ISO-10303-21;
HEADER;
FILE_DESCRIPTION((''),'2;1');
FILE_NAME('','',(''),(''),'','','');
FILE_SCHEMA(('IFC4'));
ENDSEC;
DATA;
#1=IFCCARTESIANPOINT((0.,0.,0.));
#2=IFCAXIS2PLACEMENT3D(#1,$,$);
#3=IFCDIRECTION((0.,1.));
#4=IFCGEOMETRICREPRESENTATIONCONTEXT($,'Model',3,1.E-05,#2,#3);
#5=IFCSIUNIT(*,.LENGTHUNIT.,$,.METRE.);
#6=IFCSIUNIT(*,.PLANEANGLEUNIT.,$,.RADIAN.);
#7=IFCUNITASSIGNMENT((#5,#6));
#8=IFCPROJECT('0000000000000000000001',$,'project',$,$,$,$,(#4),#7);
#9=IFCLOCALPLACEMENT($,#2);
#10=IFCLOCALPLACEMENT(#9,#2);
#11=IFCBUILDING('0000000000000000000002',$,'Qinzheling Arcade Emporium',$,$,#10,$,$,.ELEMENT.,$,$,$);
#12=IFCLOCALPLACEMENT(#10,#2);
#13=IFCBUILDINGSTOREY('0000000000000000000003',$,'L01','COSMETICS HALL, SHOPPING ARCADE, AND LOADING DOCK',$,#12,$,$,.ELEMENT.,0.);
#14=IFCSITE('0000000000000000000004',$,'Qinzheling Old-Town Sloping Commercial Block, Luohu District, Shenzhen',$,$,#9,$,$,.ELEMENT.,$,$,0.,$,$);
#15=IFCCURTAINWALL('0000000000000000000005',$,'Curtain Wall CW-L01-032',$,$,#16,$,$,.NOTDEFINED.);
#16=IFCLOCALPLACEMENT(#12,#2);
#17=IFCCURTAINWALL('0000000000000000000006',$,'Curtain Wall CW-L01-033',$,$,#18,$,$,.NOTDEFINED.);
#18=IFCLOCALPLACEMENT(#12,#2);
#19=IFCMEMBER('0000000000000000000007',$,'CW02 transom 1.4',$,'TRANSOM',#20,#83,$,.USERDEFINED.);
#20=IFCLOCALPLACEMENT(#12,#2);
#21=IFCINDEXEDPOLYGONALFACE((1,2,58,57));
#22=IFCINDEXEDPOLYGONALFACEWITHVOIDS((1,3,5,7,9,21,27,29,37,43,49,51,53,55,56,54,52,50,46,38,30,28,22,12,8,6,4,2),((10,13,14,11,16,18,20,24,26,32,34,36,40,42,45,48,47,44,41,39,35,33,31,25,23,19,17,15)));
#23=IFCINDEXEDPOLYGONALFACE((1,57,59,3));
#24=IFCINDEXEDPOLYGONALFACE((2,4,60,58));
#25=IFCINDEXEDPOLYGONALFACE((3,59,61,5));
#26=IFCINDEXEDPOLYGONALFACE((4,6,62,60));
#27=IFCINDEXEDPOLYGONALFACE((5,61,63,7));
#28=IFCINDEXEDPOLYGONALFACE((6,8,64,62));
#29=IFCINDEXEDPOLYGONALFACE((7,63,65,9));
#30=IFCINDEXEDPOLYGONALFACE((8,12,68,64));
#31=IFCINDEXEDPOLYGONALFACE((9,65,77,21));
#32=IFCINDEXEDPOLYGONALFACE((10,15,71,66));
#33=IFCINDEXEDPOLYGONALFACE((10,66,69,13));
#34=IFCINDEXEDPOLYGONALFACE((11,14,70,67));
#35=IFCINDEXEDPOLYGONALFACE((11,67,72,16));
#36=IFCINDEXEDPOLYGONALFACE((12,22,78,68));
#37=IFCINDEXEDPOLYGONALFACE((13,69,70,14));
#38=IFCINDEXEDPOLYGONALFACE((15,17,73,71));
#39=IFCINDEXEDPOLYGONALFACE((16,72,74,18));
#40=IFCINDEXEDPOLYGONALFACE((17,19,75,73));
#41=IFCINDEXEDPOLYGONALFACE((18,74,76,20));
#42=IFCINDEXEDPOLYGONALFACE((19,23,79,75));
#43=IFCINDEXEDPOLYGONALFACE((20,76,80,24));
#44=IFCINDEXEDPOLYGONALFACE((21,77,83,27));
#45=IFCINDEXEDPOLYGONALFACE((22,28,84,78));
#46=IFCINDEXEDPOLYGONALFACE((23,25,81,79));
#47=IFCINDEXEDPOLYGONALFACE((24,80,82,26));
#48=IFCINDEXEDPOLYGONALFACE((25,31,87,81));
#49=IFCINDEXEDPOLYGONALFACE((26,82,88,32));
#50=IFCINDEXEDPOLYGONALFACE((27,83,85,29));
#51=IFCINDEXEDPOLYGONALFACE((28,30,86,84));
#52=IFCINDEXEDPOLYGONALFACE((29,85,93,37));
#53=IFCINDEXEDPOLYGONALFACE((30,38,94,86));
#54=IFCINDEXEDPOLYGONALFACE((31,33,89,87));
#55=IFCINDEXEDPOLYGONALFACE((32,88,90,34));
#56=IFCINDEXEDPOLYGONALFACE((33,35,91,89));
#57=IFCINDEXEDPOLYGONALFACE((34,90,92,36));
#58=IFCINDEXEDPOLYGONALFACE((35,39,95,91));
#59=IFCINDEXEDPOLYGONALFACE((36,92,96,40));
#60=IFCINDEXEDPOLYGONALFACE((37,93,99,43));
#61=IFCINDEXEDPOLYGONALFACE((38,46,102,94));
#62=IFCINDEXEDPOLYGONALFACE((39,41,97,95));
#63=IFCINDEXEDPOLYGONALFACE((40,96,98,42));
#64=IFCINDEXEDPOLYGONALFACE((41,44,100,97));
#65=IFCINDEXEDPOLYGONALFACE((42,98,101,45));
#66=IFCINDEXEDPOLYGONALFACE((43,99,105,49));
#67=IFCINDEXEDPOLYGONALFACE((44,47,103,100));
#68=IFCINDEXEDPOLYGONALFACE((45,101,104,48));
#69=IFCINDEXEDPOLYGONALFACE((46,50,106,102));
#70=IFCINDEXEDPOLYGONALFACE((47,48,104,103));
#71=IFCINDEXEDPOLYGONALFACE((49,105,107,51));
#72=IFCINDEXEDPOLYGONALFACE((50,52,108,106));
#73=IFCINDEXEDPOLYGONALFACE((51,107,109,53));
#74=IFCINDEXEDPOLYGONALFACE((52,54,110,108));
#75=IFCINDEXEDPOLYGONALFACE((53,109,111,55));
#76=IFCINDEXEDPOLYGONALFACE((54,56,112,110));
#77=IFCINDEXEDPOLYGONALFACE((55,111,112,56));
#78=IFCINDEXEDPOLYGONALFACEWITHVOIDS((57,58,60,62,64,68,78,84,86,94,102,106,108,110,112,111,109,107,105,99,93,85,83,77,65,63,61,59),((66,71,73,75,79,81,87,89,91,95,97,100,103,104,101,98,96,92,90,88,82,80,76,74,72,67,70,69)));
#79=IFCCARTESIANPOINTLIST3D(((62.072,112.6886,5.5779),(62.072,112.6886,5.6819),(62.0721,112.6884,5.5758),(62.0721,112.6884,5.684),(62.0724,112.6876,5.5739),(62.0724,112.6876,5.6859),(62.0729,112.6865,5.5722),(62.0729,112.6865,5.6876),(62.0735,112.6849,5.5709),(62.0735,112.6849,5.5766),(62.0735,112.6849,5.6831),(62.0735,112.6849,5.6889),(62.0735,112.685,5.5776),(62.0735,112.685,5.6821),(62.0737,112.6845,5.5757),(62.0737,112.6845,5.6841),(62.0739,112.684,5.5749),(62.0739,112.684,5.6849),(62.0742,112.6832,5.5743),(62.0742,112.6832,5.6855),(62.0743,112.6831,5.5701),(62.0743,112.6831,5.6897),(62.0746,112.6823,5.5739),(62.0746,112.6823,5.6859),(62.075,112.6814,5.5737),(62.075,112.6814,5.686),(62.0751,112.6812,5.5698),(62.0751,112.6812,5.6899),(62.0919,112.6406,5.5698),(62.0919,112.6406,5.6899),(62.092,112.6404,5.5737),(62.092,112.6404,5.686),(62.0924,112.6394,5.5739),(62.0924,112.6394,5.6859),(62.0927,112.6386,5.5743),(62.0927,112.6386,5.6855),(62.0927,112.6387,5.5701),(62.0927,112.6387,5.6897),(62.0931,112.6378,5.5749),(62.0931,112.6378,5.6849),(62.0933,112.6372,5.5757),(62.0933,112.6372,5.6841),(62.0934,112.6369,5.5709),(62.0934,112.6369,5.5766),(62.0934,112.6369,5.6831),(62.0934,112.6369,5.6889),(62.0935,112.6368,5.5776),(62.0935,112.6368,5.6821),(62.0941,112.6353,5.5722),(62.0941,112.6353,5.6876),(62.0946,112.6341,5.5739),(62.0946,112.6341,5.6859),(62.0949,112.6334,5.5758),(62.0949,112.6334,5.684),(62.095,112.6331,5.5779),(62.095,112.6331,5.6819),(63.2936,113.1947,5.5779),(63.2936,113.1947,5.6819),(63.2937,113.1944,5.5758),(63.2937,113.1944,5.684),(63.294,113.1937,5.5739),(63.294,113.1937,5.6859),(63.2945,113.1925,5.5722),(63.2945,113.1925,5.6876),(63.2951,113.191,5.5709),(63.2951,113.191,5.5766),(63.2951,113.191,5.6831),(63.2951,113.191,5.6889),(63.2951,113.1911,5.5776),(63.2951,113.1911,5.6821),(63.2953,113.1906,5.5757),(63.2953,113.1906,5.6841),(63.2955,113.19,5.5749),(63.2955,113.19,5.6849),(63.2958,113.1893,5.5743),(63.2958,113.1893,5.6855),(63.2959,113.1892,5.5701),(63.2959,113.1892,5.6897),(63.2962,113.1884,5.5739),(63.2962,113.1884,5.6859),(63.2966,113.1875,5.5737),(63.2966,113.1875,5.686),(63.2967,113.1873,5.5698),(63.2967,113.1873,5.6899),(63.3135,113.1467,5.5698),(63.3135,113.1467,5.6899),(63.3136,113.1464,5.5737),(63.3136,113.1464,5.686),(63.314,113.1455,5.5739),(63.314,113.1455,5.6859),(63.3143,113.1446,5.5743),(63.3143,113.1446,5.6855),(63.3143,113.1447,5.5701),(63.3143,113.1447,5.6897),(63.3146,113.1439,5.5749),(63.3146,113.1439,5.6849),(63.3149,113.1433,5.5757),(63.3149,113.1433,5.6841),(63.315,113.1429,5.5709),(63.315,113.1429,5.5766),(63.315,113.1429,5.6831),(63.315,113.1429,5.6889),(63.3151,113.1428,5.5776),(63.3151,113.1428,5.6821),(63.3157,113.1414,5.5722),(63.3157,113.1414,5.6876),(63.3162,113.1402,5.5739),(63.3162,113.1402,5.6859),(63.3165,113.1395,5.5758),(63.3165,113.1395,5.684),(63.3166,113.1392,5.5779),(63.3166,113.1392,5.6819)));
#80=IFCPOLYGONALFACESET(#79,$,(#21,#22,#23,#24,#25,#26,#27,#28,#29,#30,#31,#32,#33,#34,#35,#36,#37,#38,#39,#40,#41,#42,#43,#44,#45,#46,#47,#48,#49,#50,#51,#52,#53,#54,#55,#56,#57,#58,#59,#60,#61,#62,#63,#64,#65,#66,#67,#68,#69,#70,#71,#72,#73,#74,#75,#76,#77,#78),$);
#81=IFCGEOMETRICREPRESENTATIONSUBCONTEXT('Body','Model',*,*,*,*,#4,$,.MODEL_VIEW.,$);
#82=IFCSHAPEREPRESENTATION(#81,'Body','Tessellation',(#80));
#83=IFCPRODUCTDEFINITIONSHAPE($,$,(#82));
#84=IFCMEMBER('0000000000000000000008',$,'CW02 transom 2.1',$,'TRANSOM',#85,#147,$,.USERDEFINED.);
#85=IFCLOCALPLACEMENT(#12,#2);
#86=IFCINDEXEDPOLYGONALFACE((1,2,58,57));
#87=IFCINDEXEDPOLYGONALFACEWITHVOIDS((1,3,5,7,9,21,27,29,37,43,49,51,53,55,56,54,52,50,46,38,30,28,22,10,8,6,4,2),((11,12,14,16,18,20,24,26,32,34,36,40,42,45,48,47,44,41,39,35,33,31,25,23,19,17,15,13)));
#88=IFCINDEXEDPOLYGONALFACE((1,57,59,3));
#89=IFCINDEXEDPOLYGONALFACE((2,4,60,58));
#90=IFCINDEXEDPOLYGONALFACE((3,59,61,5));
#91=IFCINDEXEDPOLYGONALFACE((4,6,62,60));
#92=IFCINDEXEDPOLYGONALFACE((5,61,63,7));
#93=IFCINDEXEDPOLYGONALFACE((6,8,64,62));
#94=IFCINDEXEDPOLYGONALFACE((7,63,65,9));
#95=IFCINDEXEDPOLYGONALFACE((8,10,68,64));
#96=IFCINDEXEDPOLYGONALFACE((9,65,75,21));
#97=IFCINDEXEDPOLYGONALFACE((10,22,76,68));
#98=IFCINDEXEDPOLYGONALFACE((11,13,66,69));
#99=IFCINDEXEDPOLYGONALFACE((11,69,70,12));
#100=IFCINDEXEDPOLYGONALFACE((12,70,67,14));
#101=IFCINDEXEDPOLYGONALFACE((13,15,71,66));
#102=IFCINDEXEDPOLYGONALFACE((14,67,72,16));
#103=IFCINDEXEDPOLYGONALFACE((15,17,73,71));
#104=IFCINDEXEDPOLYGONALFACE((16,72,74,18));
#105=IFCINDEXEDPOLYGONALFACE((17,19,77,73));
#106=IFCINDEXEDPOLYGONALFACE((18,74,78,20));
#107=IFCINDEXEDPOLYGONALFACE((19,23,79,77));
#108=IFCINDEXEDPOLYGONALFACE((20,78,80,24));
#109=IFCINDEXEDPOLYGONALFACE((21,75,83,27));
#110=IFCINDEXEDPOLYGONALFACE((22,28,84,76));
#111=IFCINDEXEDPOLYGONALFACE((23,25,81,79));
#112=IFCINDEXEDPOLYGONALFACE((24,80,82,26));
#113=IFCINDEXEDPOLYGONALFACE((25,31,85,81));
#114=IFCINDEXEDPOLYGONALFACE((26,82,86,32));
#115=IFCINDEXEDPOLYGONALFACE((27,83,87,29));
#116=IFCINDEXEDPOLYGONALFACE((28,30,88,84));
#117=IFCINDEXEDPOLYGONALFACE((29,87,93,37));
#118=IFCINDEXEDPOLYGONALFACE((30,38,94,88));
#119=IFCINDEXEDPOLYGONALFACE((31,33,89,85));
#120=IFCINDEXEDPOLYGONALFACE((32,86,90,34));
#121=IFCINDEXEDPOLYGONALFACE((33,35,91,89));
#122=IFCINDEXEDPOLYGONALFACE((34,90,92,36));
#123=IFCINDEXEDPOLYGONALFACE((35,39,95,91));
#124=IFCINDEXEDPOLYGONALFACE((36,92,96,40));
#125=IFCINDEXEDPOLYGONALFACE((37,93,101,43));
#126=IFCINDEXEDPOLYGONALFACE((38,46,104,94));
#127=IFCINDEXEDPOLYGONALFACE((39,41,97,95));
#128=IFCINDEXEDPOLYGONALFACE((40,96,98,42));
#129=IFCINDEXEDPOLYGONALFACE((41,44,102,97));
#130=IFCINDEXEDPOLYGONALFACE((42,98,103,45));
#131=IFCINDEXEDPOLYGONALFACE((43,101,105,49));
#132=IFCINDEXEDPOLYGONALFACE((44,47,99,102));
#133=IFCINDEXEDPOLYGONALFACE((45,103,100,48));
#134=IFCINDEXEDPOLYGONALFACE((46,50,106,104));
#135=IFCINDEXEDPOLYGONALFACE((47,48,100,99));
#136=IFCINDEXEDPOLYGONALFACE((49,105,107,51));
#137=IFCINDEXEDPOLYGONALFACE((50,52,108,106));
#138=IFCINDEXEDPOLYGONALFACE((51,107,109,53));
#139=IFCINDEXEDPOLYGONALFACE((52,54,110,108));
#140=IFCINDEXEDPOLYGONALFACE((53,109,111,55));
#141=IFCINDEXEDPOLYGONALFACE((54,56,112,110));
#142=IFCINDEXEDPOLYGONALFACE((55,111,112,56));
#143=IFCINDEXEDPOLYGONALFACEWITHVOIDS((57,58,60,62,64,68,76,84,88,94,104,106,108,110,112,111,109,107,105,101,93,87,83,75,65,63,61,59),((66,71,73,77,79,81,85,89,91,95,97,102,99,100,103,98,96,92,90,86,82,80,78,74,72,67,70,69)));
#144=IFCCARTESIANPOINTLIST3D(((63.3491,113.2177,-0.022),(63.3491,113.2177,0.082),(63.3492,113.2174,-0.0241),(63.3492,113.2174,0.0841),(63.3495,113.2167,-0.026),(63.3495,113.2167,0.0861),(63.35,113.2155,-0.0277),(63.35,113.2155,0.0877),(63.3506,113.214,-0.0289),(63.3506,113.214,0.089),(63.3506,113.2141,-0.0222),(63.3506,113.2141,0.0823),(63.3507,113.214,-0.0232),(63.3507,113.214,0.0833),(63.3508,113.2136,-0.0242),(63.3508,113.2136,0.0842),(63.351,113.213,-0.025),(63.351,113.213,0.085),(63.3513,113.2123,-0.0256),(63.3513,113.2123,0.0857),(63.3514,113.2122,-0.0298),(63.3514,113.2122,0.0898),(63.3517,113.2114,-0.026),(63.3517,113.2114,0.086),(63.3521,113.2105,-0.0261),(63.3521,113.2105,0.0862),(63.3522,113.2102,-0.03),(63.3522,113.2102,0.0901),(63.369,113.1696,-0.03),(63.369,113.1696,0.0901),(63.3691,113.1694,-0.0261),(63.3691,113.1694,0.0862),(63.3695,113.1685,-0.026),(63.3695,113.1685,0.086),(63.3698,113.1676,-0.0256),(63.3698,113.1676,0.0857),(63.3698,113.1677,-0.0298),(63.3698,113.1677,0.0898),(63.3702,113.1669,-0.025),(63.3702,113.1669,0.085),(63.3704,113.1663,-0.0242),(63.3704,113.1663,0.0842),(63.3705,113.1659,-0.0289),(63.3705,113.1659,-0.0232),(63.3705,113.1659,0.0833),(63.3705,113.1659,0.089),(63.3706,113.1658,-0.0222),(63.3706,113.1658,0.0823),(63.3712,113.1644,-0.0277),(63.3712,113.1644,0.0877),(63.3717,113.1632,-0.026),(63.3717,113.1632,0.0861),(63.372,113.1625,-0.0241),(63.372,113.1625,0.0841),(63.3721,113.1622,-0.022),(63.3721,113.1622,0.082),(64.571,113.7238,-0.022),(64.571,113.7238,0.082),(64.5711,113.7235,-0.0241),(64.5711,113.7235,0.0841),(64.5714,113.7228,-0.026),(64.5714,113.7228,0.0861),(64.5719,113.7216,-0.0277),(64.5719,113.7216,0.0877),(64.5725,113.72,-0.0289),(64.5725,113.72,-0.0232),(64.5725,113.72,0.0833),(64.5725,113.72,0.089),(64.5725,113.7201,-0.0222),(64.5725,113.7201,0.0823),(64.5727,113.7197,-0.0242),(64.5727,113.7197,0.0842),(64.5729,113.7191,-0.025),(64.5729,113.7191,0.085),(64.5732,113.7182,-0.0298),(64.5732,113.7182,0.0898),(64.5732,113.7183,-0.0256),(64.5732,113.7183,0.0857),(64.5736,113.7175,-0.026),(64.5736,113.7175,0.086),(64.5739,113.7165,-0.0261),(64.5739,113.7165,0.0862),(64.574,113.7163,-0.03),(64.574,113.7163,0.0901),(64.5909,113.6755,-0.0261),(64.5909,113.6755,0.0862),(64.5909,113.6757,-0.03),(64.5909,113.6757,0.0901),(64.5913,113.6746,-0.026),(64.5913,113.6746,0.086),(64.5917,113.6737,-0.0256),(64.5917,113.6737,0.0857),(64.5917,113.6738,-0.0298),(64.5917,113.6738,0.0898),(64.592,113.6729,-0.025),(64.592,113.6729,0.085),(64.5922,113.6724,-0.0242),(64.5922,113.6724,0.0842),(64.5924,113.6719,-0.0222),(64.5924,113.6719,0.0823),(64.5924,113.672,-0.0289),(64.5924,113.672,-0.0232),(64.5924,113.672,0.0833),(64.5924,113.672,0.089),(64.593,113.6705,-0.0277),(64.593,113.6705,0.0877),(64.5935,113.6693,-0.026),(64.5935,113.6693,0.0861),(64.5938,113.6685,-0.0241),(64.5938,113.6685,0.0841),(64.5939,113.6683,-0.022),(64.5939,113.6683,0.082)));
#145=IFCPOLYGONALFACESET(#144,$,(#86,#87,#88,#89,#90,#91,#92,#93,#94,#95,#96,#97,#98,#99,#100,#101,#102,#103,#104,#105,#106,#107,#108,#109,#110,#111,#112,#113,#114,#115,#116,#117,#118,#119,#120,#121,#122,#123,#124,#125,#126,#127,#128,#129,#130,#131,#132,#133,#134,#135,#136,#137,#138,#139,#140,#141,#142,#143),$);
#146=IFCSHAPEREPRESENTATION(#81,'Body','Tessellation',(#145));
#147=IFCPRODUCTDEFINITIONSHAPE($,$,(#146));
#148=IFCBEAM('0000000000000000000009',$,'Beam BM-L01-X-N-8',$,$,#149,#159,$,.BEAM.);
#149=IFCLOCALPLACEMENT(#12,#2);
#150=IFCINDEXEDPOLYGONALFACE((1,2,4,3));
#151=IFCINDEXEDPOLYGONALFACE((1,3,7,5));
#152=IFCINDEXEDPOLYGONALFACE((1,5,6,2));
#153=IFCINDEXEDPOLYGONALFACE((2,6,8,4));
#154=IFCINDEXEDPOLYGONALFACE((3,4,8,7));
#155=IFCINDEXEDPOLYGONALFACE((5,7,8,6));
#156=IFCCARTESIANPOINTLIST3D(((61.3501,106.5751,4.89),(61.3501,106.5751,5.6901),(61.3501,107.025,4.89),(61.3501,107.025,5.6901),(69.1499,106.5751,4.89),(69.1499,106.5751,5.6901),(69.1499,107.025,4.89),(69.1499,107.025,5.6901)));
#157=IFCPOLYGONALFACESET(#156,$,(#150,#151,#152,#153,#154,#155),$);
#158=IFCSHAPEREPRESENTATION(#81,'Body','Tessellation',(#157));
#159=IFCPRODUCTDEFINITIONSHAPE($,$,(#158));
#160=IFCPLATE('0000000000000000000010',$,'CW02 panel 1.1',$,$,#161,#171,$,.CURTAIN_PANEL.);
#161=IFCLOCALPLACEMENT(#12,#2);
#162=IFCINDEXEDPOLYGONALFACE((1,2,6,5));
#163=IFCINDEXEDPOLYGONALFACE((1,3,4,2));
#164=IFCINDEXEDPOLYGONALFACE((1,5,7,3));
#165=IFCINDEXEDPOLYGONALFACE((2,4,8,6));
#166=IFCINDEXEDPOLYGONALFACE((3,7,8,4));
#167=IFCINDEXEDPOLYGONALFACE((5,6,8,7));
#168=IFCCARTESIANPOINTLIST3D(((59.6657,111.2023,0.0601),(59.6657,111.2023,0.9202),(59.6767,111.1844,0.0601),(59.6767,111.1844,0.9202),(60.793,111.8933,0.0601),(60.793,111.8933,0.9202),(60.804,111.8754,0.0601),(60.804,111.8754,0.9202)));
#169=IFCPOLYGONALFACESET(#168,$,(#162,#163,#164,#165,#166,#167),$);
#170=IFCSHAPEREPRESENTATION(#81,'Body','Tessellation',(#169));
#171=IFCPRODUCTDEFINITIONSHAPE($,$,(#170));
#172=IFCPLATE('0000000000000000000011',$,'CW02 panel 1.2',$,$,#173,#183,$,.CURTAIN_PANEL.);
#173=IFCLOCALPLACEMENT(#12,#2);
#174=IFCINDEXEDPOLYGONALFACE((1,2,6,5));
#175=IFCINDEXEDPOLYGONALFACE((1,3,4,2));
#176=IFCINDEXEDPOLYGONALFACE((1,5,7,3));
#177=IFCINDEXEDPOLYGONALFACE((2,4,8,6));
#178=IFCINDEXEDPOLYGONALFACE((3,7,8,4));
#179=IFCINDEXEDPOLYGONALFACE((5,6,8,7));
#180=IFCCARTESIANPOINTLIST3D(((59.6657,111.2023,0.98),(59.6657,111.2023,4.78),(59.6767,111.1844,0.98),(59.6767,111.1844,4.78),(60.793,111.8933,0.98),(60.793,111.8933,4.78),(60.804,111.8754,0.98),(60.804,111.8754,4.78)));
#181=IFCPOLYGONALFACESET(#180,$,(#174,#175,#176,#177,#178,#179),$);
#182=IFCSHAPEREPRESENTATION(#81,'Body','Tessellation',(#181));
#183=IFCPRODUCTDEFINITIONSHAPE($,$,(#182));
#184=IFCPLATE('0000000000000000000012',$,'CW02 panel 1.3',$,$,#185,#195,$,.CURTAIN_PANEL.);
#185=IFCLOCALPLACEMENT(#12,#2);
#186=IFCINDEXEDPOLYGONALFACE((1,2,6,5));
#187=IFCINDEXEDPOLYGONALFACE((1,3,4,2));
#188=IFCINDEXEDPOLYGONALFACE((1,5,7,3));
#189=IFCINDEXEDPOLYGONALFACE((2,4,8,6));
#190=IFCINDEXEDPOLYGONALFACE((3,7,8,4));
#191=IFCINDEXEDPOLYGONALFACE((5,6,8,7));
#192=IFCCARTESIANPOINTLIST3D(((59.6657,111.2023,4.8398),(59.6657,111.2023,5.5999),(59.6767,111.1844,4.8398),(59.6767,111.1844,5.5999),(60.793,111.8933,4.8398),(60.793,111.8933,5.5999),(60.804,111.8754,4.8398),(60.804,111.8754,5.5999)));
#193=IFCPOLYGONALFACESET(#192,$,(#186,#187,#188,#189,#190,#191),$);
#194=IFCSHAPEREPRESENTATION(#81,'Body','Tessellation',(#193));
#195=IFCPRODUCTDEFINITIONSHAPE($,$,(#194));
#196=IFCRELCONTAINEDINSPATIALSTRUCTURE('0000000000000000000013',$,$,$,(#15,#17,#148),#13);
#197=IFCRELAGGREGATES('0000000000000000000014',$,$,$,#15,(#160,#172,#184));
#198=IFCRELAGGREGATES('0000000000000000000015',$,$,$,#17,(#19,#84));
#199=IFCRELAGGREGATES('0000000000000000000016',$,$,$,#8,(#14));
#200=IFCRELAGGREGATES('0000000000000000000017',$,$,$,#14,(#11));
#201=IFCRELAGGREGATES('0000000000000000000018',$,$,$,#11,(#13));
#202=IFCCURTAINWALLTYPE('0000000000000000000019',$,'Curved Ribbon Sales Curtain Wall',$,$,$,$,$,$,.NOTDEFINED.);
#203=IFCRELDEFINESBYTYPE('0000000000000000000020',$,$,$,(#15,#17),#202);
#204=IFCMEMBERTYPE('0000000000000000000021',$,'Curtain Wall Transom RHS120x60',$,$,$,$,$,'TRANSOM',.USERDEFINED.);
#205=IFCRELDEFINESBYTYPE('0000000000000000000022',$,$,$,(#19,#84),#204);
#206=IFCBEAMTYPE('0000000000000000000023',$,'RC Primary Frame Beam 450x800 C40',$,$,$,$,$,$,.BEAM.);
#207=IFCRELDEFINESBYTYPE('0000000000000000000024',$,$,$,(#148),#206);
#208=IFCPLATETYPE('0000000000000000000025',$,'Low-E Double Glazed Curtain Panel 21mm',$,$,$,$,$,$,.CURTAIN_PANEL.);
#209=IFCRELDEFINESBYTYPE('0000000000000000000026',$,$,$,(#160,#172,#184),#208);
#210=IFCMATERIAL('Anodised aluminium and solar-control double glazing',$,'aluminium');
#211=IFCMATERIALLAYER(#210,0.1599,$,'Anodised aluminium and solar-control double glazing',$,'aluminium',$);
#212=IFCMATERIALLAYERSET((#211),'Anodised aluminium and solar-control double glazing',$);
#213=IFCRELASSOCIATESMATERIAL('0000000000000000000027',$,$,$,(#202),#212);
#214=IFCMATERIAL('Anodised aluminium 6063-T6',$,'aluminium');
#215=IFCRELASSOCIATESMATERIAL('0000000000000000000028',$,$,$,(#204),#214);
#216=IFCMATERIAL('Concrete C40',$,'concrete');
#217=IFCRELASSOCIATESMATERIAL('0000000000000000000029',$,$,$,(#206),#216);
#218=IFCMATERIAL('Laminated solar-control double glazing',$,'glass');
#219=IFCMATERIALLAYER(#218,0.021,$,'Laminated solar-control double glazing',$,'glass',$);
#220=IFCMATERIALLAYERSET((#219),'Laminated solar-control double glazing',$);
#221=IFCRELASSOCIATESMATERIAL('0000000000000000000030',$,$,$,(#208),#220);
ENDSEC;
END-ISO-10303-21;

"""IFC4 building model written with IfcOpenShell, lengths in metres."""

from ifc_helpers import new_model, si_unit, direction, frame, origin, origin_2d, place, context, subcontext, project, spatial, rectangle, hollow_rectangle, extrude, material, layer, layer_set, material_profile, profile_set, type_object, element, aggregate, save


model = new_model("IFC4")

# Units and contexts
model_context = context("Model", 3, precision=1e-05, world=origin(), true_north=direction((0.0, 1.0)))
body_context = subcontext(model_context, "Body", "Model", "MODEL_VIEW")
ifc_project = project(units=[si_unit("LENGTHUNIT", "METRE"), si_unit("PLANEANGLEUNIT", "RADIAN")], contexts=[model_context])

# Site, building, storey
site_placement = place(None, origin())
site = spatial("IfcSite", under=ifc_project, at=site_placement, Name="Qinzheling Old-Town Sloping Commercial Block, Luohu District, Shenzhen", CompositionType="ELEMENT", RefElevation=0.0)
building_placement = place(site_placement, origin())
building = spatial("IfcBuilding", under=site, at=building_placement, Name="Qinzheling Arcade Emporium", CompositionType="ELEMENT")
storey_placement = place(building_placement, origin())
storey = spatial("IfcBuildingStorey", under=building, at=storey_placement, Name="L01", Description="COSMETICS HALL, SHOPPING ARCADE, AND LOADING DOCK", CompositionType="ELEMENT", Elevation=0.0)

# Shared definitions
ifc_material_1 = material(Name="Anodised aluminium and solar-control double glazing", Category="aluminium")
ifc_layer_1 = layer(ifc_material_1, 0.1599, Name="Anodised aluminium and solar-control double glazing", Category="aluminium")
ifc_layer_set_1 = layer_set([ifc_layer_1], Name="Anodised aluminium and solar-control double glazing")
curtain_wall_type = type_object("IfcCurtainWallType", Name="Curved Ribbon Sales Curtain Wall", PredefinedType="NOTDEFINED", material=ifc_layer_set_1)
ifc_material_2 = material(Name="Anodised aluminium 6063-T6", Category="aluminium")

# Curtain walls
curtain_wall_1_placement = place(storey_placement, origin())
curtain_wall_1 = element("IfcCurtainWall", 1, at=curtain_wall_1_placement, inside=storey, type_object=curtain_wall_type, Name="Curtain Wall CW-L01-032", PredefinedType="NOTDEFINED")
curtain_wall_2_placement = place(storey_placement, origin())
curtain_wall_2 = element("IfcCurtainWall", 2, at=curtain_wall_2_placement, inside=storey, type_object=curtain_wall_type, Name="Curtain Wall CW-L01-033", PredefinedType="NOTDEFINED")

# Members
ifc_material_profile_1 = material_profile(ifc_material_2, hollow_rectangle(XDim=0.0601, YDim=0.1201, WallThickness=0.0039, InnerFilletRadius=0.0039, OuterFilletRadius=0.0081, at=origin_2d()), Name="RHS 120x60x4", Category="aluminium")
ifc_profile_set_1 = profile_set([ifc_material_profile_1], Name="Anodised aluminium 6063-T6")
member_type_1 = type_object("IfcMemberType", Name="Curtain Wall Transom RHS120x60", ElementType="TRANSOM", PredefinedType="USERDEFINED", material=ifc_profile_set_1)
member_1_placement = place(storey_placement, frame((62.0835, 112.6609, 5.6299), z_axis=(0.923862, 0.382727, 0.0), x_axis=(-0.382727, 0.923862, 0.0)))
member_1 = element("IfcMember", 3, at=member_1_placement, type_object=member_type_1, Name="CW02 transom 1.4", ObjectType="TRANSOM", PredefinedType="USERDEFINED", context=body_context, shape_type="SweptSolid", body=[
    extrude(hollow_rectangle(XDim=0.0601, YDim=0.1201, WallThickness=0.0039, InnerFilletRadius=0.0039, OuterFilletRadius=0.0081, at=origin_2d()), origin(), (0.0, 0.0, 1.0), 1.3223),
])
member_2_placement = place(storey_placement, frame((63.3606, 113.1899, 0.03), z_axis=(0.923889, 0.382662, 0.0), x_axis=(-0.382662, 0.923889, 0.0)))
member_2 = element("IfcMember", 4, at=member_2_placement, type_object=member_type_1, Name="CW02 transom 2.1", ObjectType="TRANSOM", PredefinedType="USERDEFINED", context=body_context, shape_type="SweptSolid", body=[
    extrude(hollow_rectangle(XDim=0.0601, YDim=0.1201, WallThickness=0.0039, InnerFilletRadius=0.0039, OuterFilletRadius=0.0081, at=origin_2d()), origin(), (0.0, 0.0, 1.0), 1.3225),
])

# Beam
ifc_material_3 = material(Name="Concrete C40", Category="concrete")
ifc_material_profile_2 = material_profile(ifc_material_3, rectangle(XDim=0.45, YDim=0.8, at=origin_2d()), Name="RC 450x800", Category="concrete")
ifc_profile_set_2 = profile_set([ifc_material_profile_2], Name="Concrete C40")
beam_type = type_object("IfcBeamType", Name="RC Primary Frame Beam 450x800 C40", PredefinedType="BEAM", material=ifc_profile_set_2)
beam_placement = place(storey_placement, frame((61.3501, 106.8, 5.29), z_axis=(1.0, 0.0, 0.0), x_axis=(0.0, 1.0, 0.0)))
element("IfcBeam", 5, at=beam_placement, inside=storey, type_object=beam_type, Name="Beam BM-L01-X-N-8", PredefinedType="BEAM", context=body_context, shape_type="SweptSolid", body=[
    extrude(rectangle(XDim=0.45, YDim=0.8, at=origin_2d()), origin(), (0.0, 0.0, 1.0), 7.7998),
])

# Plates
ifc_material_4 = material(Name="Laminated solar-control double glazing", Category="glass")
ifc_layer_2 = layer(ifc_material_4, 0.021, Name="Laminated solar-control double glazing", Category="glass")
ifc_layer_set_2 = layer_set([ifc_layer_2], Name="Laminated solar-control double glazing")
plate_type_1 = type_object("IfcPlateType", Name="Low-E Double Glazed Curtain Panel 21mm", PredefinedType="CURTAIN_PANEL", material=ifc_layer_set_2)
plate_1_placement = place(storey_placement, frame((60.2349, 111.5388, 0.0601), z_axis=(0.0, 0.0, 1.0), x_axis=(0.852581, 0.522595, 0.0)))
plate_1 = element("IfcPlate", 6, at=plate_1_placement, type_object=plate_type_1, Name="CW02 panel 1.1", PredefinedType="CURTAIN_PANEL", context=body_context, shape_type="SweptSolid", body=[
    extrude(rectangle(XDim=1.3223, YDim=0.021, at=origin_2d()), origin(), (0.0, 0.0, 1.0), 0.8601),
])
plate_2_placement = place(storey_placement, frame((60.2349, 111.5388, 0.98), z_axis=(0.0, 0.0, 1.0), x_axis=(0.852581, 0.522595, 0.0)))
plate_2 = element("IfcPlate", 7, at=plate_2_placement, type_object=plate_type_1, Name="CW02 panel 1.2", PredefinedType="CURTAIN_PANEL", context=body_context, shape_type="SweptSolid", body=[
    extrude(rectangle(XDim=1.3223, YDim=0.021, at=origin_2d()), origin(), (0.0, 0.0, 1.0), 3.8),
])
plate_3_placement = place(storey_placement, frame((60.2349, 111.5388, 4.8398), z_axis=(0.0, 0.0, 1.0), x_axis=(0.852581, 0.522595, 0.0)))
plate_3 = element("IfcPlate", 8, at=plate_3_placement, type_object=plate_type_1, Name="CW02 panel 1.3", PredefinedType="CURTAIN_PANEL", context=body_context, shape_type="SweptSolid", body=[
    extrude(rectangle(XDim=1.3223, YDim=0.021, at=origin_2d()), origin(), (0.0, 0.0, 1.0), 0.76),
])
aggregate(curtain_wall_1, [plate_1, plate_2, plate_3])
aggregate(curtain_wall_2, [member_1, member_2])

save(model, "model.ifc")
